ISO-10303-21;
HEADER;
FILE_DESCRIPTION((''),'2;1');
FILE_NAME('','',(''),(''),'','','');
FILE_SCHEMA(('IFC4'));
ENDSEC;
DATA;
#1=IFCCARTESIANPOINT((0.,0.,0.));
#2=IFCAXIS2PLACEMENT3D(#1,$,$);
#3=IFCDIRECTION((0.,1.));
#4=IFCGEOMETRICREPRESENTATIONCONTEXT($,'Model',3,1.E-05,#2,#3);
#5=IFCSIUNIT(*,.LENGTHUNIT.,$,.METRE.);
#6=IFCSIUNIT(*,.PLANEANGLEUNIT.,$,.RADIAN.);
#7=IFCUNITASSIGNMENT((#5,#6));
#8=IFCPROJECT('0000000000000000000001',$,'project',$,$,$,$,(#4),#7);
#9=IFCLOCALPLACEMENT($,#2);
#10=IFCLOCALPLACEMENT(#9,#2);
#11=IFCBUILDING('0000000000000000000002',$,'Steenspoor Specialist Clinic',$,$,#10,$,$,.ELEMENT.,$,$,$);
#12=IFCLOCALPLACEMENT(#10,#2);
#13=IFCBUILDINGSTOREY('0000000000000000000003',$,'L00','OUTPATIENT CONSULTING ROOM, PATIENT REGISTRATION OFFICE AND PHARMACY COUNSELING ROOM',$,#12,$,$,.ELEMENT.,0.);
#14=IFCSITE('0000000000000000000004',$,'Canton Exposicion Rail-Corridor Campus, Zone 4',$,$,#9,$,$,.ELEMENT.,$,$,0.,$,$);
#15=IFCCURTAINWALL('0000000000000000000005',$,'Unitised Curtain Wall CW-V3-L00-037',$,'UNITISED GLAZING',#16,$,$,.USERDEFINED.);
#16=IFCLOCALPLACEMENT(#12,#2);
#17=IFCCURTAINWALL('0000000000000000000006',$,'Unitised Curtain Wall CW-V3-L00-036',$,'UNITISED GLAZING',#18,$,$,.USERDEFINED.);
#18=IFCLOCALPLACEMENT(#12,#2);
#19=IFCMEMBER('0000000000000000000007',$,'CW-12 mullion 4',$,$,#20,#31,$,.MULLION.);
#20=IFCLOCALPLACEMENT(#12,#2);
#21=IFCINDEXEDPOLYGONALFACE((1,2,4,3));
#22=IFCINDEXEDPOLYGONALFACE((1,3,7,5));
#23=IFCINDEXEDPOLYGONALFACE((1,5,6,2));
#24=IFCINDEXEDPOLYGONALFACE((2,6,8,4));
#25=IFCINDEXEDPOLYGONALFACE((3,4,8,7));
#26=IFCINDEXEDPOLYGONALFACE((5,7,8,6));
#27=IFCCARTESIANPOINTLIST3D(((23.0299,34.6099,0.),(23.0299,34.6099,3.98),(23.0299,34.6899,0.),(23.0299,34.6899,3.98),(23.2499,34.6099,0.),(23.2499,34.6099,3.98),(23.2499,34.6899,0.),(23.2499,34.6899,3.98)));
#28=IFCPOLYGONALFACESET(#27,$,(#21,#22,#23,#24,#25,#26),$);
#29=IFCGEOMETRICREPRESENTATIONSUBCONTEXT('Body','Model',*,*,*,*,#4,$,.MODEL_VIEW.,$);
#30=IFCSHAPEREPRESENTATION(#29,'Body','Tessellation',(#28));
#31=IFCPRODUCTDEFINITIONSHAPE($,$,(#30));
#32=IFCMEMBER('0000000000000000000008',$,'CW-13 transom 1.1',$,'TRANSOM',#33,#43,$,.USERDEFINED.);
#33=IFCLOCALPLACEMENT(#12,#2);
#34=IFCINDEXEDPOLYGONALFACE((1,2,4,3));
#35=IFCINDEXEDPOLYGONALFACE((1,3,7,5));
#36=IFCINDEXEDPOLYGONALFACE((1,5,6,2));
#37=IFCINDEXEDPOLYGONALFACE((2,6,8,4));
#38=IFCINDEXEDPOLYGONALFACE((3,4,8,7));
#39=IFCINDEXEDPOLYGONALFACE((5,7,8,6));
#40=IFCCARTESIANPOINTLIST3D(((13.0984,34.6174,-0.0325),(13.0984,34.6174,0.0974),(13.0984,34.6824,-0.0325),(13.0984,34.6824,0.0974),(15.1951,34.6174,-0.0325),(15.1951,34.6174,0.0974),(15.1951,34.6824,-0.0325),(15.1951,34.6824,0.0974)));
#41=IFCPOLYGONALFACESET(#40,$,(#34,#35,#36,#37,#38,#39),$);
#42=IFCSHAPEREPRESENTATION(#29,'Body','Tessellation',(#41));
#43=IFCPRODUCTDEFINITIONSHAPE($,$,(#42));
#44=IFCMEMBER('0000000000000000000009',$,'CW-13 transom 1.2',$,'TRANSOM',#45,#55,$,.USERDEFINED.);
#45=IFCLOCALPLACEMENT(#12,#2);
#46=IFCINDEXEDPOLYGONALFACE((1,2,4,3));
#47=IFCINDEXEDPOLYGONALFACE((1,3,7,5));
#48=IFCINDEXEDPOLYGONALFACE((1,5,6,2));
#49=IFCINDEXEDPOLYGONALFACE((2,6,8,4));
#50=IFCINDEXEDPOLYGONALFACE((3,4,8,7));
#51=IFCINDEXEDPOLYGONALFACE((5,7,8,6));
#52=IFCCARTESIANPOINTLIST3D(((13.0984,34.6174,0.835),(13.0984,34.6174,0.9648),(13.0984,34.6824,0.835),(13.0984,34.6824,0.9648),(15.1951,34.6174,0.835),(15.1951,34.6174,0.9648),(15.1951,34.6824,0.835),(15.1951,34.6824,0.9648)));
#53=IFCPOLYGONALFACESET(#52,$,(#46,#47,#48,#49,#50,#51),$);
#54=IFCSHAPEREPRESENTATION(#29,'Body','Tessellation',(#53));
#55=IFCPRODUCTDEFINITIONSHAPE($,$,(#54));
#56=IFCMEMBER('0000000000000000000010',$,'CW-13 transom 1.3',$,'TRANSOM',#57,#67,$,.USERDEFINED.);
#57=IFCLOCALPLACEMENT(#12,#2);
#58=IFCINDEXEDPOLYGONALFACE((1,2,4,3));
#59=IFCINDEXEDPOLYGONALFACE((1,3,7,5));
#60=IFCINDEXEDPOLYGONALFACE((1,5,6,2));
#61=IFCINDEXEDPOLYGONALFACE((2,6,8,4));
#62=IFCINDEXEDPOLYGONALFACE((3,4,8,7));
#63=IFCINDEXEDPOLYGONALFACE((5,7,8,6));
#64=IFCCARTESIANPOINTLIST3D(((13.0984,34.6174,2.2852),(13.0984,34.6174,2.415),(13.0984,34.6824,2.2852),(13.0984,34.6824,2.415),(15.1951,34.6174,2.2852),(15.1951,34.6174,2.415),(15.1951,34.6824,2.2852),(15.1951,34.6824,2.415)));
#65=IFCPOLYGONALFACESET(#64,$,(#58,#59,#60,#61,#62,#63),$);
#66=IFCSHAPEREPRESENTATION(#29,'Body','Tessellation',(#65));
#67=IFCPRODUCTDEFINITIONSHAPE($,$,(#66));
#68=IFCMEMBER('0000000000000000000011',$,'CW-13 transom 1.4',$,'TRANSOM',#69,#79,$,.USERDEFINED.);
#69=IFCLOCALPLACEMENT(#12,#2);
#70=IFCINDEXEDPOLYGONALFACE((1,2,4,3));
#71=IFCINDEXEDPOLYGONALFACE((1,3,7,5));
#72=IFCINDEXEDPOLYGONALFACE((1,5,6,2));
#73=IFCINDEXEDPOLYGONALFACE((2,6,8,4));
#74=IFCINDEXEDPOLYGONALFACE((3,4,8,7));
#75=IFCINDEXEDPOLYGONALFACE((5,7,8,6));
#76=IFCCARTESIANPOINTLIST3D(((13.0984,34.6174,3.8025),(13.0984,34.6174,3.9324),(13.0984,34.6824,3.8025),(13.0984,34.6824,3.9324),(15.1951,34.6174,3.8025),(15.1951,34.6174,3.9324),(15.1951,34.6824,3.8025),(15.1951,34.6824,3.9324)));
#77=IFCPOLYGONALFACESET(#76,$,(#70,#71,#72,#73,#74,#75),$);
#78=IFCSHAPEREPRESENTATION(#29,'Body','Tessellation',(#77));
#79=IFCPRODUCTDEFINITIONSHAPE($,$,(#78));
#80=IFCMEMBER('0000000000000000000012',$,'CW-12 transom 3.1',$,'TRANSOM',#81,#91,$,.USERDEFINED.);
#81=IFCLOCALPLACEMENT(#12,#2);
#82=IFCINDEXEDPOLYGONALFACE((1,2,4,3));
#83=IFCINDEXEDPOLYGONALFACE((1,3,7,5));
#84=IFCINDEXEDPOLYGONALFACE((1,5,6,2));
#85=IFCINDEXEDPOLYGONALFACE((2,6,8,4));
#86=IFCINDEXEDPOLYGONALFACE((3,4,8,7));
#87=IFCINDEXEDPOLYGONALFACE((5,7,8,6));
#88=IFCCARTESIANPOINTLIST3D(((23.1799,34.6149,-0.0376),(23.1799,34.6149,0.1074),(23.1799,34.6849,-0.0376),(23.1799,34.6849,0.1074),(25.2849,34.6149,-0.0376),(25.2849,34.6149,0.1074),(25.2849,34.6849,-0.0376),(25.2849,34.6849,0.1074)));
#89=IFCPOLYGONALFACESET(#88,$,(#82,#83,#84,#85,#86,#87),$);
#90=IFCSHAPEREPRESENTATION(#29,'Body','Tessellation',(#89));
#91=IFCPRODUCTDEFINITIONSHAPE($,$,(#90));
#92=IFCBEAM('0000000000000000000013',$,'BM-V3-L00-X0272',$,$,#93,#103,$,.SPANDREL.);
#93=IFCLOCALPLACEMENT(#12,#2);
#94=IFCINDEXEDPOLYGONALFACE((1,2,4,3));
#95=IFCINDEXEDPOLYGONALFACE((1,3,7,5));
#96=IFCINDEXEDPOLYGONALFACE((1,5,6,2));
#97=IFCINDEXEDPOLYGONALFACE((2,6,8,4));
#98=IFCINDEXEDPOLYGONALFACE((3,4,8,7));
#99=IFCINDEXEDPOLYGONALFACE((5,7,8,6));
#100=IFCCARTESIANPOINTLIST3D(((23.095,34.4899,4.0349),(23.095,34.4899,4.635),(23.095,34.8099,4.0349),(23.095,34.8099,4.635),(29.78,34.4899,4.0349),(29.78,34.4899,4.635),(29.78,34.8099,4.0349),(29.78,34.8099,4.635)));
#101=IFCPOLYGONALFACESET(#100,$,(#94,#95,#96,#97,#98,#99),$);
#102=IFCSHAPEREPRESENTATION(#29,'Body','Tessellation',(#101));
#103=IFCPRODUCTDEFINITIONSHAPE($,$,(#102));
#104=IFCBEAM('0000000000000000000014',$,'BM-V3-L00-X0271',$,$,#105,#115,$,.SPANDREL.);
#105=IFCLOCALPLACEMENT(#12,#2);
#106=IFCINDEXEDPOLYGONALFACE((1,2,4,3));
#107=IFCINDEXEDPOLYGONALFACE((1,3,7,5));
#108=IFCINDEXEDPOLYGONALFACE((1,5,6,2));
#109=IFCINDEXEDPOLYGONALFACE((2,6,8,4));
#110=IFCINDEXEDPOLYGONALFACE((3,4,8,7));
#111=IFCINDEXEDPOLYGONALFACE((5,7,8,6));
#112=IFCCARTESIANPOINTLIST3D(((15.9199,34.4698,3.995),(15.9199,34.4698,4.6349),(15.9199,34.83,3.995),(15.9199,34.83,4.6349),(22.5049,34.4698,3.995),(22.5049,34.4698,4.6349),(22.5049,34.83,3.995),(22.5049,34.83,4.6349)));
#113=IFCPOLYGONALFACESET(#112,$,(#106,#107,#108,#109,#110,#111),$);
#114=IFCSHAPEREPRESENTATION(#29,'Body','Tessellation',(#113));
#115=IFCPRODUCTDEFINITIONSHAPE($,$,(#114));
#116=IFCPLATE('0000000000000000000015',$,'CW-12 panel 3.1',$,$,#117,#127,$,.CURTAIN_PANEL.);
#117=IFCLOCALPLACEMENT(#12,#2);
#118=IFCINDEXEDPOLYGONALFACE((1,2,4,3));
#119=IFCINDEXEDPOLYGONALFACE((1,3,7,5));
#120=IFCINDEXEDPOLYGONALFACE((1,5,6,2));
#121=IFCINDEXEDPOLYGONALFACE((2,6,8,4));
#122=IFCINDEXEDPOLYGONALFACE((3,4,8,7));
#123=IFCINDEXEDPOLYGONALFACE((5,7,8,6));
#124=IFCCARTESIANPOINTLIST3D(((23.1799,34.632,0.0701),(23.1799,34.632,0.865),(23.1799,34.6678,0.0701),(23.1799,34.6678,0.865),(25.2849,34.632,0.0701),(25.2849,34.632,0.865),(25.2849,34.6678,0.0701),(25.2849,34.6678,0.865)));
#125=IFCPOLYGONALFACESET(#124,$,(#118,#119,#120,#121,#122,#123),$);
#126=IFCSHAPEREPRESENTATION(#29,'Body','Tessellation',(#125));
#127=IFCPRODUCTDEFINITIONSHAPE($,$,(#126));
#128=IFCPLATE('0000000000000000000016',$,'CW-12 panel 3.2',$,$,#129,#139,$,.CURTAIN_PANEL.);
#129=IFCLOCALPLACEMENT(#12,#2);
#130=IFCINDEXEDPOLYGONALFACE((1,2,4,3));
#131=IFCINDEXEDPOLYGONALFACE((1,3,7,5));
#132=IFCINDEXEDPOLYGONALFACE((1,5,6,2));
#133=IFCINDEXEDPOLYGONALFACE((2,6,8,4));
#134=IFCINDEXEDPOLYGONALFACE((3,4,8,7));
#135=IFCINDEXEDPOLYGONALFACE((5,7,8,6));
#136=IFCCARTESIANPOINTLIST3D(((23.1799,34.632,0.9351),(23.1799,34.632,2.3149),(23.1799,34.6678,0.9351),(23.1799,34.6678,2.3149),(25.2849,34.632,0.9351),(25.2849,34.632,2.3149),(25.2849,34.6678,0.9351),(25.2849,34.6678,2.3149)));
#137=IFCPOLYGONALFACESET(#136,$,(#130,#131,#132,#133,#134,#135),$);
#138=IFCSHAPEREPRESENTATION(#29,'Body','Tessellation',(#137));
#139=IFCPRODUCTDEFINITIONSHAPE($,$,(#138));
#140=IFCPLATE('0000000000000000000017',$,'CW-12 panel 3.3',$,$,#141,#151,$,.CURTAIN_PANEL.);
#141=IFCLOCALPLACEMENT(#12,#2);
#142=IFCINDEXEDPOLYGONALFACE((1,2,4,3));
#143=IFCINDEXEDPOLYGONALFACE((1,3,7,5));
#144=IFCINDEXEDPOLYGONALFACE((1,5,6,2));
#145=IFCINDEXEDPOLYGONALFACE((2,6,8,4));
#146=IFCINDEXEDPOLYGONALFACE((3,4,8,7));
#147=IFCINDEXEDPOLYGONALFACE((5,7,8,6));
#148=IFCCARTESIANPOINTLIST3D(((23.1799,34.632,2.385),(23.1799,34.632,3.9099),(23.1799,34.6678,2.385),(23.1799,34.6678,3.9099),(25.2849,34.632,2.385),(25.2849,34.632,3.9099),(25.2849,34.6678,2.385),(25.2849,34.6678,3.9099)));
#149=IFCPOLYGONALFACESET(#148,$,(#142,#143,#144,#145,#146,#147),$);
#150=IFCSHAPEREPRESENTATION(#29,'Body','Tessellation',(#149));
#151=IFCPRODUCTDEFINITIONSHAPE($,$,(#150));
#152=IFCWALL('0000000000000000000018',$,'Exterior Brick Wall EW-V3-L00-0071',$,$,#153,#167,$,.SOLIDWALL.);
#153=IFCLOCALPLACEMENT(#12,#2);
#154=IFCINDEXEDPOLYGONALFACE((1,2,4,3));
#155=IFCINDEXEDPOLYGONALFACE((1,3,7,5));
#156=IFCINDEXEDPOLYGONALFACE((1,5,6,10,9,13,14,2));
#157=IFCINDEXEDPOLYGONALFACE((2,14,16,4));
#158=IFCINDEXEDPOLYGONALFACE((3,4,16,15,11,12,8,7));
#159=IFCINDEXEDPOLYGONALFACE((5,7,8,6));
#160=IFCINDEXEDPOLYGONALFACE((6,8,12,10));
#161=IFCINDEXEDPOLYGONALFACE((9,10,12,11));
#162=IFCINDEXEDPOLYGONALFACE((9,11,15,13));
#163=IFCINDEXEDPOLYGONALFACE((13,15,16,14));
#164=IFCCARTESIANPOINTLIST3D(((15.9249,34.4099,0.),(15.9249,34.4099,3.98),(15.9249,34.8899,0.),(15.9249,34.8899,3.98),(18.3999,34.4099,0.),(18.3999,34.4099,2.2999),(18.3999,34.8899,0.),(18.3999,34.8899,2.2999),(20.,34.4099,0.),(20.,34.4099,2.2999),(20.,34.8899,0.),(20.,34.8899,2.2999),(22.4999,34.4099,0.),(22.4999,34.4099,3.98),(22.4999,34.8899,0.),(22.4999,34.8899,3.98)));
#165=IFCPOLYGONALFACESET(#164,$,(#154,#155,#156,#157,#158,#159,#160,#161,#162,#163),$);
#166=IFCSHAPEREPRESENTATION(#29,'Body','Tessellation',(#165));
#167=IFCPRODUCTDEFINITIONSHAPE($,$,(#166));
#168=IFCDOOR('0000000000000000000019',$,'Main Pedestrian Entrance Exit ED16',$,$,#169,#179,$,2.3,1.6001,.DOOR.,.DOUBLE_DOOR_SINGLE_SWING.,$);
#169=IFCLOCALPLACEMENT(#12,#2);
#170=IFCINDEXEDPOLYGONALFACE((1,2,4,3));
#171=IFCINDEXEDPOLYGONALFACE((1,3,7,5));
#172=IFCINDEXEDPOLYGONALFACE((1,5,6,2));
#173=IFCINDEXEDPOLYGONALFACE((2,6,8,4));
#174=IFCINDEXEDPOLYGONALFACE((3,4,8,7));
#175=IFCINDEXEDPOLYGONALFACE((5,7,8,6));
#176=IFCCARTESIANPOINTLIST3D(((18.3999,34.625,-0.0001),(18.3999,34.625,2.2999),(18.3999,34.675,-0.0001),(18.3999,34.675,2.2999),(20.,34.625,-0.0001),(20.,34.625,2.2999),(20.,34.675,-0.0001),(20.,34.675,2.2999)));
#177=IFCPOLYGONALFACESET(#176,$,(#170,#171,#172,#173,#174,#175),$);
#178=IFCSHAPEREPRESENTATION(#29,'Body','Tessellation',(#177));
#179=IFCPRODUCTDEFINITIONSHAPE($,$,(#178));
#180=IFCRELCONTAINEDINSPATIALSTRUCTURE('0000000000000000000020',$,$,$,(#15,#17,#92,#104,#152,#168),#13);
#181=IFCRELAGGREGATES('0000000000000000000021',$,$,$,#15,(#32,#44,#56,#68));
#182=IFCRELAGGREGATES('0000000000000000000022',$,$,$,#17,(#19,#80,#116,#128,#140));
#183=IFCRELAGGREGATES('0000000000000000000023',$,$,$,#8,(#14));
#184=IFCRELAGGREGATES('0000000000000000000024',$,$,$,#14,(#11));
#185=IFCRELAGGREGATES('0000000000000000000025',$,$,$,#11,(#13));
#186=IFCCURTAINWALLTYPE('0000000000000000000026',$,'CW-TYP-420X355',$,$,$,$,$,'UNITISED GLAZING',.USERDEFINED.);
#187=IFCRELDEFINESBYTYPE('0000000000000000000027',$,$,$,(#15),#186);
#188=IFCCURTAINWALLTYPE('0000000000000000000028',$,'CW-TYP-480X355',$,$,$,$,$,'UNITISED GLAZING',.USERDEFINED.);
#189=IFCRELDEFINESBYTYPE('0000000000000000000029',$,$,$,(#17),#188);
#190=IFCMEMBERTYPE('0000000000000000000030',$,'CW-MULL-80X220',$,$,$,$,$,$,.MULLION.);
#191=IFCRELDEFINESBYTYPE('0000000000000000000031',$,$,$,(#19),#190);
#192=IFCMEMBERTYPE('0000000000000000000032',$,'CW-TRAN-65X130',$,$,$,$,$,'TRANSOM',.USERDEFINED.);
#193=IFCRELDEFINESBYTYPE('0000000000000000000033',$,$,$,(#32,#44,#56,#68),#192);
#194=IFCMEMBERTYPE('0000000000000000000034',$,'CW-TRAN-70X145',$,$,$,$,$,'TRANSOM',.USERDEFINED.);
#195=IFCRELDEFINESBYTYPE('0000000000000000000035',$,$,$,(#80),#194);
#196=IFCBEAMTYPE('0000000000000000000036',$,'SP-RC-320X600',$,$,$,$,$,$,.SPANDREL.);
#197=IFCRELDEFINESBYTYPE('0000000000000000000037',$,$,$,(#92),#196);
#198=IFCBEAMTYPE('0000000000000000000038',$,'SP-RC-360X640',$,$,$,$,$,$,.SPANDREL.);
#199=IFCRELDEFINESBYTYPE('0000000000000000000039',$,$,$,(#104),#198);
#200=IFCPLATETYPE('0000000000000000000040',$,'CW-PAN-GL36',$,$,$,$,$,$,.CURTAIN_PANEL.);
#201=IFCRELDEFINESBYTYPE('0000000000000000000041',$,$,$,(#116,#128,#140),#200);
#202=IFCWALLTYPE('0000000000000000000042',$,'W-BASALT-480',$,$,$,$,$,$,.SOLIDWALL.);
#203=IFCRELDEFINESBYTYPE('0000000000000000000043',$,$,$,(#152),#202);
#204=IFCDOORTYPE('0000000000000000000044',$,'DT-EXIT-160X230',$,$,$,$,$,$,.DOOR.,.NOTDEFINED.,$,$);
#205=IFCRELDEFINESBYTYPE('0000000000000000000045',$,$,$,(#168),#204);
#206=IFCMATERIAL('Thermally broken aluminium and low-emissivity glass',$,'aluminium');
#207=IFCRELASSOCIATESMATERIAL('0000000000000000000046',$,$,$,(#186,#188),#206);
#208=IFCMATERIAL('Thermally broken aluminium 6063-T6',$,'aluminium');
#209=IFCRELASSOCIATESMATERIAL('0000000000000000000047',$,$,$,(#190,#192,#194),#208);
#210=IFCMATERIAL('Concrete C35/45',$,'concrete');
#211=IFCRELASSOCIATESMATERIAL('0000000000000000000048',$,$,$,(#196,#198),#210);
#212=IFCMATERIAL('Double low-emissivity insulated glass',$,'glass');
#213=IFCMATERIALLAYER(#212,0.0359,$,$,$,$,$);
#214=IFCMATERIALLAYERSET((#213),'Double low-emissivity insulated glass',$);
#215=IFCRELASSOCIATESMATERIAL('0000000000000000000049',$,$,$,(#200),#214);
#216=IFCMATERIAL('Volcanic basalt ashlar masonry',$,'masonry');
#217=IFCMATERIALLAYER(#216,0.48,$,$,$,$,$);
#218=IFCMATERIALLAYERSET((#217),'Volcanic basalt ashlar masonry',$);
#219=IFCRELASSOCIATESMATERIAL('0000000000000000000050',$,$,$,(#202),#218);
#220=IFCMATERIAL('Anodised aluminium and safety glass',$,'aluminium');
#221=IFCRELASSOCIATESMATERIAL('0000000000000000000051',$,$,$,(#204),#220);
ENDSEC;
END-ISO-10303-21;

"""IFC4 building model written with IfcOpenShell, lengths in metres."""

from ifc_helpers import new_model, si_unit, direction, frame, frame_2d, origin, origin_2d, place, context, subcontext, project, spatial, rectangle, extrude, material, layer, layer_set, material_profile, profile_set, type_object, element, fill, aggregate, save


model = new_model("IFC4")

# Units and contexts
model_context = context("Model", 3, precision=1e-05, world=origin(), true_north=direction((0.0, 1.0)))
body_context = subcontext(model_context, "Body", "Model", "MODEL_VIEW")
ifc_project = project(units=[si_unit("LENGTHUNIT", "METRE"), si_unit("PLANEANGLEUNIT", "RADIAN")], contexts=[model_context])

# Site, building, storey
site_placement = place(None, origin())
site = spatial("IfcSite", under=ifc_project, at=site_placement, Name="Canton Exposicion Rail-Corridor Campus, Zone 4", CompositionType="ELEMENT", RefElevation=0.0)
building_placement = place(site_placement, origin())
building = spatial("IfcBuilding", under=site, at=building_placement, Name="Steenspoor Specialist Clinic", CompositionType="ELEMENT")
storey_placement = place(building_placement, origin())
storey = spatial("IfcBuildingStorey", under=building, at=storey_placement, Name="L00", Description="OUTPATIENT CONSULTING ROOM, PATIENT REGISTRATION OFFICE AND PHARMACY COUNSELING ROOM", CompositionType="ELEMENT", Elevation=0.0)

# Shared definitions
ifc_material_1 = material(Name="Concrete C35/45", Category="concrete")

# Curtain walls, member
ifc_material_2 = material(Name="Thermally broken aluminium and low-emissivity glass", Category="aluminium")
curtain_wall_type_1 = type_object("IfcCurtainWallType", Name="CW-TYP-420X355", ElementType="UNITISED GLAZING", PredefinedType="USERDEFINED", material=ifc_material_2)
curtain_wall_1_placement = place(storey_placement, origin())
curtain_wall_1 = element("IfcCurtainWall", 1, at=curtain_wall_1_placement, inside=storey, type_object=curtain_wall_type_1, Name="Unitised Curtain Wall CW-V3-L00-037", ObjectType="UNITISED GLAZING", PredefinedType="USERDEFINED")
ifc_material_3 = material(Name="Thermally broken aluminium 6063-T6", Category="aluminium")
curtain_wall_type_2 = type_object("IfcCurtainWallType", Name="CW-TYP-480X355", ElementType="UNITISED GLAZING", PredefinedType="USERDEFINED", material=ifc_material_2)
curtain_wall_2_placement = place(storey_placement, origin())
curtain_wall_2 = element("IfcCurtainWall", 2, at=curtain_wall_2_placement, inside=storey, type_object=curtain_wall_type_2, Name="Unitised Curtain Wall CW-V3-L00-036", ObjectType="UNITISED GLAZING", PredefinedType="USERDEFINED")
ifc_material_profile_1 = material_profile(ifc_material_3, rectangle(XDim=0.0801, YDim=0.22, at=origin_2d()), Name="CWM-80X220")
ifc_profile_set_1 = profile_set([ifc_material_profile_1], Name="Thermally broken aluminium 6063-T6")
member_type_1 = type_object("IfcMemberType", Name="CW-MULL-80X220", PredefinedType="MULLION", material=ifc_profile_set_1)
member_1_placement = place(storey_placement, frame((23.1399, 34.6499, 0.0), z_axis=(0.0, 0.0, 1.0), x_axis=(0.0, -1.0, 0.0)))
member_1 = element("IfcMember", 3, at=member_1_placement, type_object=member_type_1, Name="CW-12 mullion 4", PredefinedType="MULLION", context=body_context, shape_type="SweptSolid", body=[
    extrude(rectangle(XDim=0.0801, YDim=0.22, at=origin_2d()), origin(), (0.0, 0.0, 1.0), 3.98),
])

# Members
ifc_material_profile_2 = material_profile(ifc_material_3, rectangle(XDim=0.0649, YDim=0.1299, at=origin_2d()), Name="CWT-65X130")
ifc_profile_set_2 = profile_set([ifc_material_profile_2], Name="Thermally broken aluminium 6063-T6")
member_type_2 = type_object("IfcMemberType", Name="CW-TRAN-65X130", ElementType="TRANSOM", PredefinedType="USERDEFINED", material=ifc_profile_set_2)
member_2_placement = place(storey_placement, frame((15.1951, 34.6499, 0.0325), z_axis=(-1.0, 0.0, 0.0), x_axis=(0.0, -1.0, 0.0)))
member_2 = element("IfcMember", 4, at=member_2_placement, type_object=member_type_2, Name="CW-13 transom 1.1", ObjectType="TRANSOM", PredefinedType="USERDEFINED", context=body_context, shape_type="SweptSolid", body=[
    extrude(rectangle(XDim=0.0649, YDim=0.1299, at=origin_2d()), origin(), (0.0, 0.0, 1.0), 2.0967),
])
member_3_placement = place(storey_placement, frame((15.1951, 34.6499, 0.8999), z_axis=(-1.0, 0.0, 0.0), x_axis=(0.0, -1.0, 0.0)))
member_3 = element("IfcMember", 5, at=member_3_placement, type_object=member_type_2, Name="CW-13 transom 1.2", ObjectType="TRANSOM", PredefinedType="USERDEFINED", context=body_context, shape_type="SweptSolid", body=[
    extrude(rectangle(XDim=0.0649, YDim=0.1299, at=origin_2d()), origin(), (0.0, 0.0, 1.0), 2.0967),
])
member_4_placement = place(storey_placement, frame((15.1951, 34.6499, 2.3501), z_axis=(-1.0, 0.0, 0.0), x_axis=(0.0, -1.0, 0.0)))
member_4 = element("IfcMember", 6, at=member_4_placement, type_object=member_type_2, Name="CW-13 transom 1.3", ObjectType="TRANSOM", PredefinedType="USERDEFINED", context=body_context, shape_type="SweptSolid", body=[
    extrude(rectangle(XDim=0.0649, YDim=0.1299, at=origin_2d()), origin(), (0.0, 0.0, 1.0), 2.0967),
])
member_5_placement = place(storey_placement, frame((15.1951, 34.6499, 3.8674), z_axis=(-1.0, 0.0, 0.0), x_axis=(0.0, -1.0, 0.0)))
member_5 = element("IfcMember", 7, at=member_5_placement, type_object=member_type_2, Name="CW-13 transom 1.4", ObjectType="TRANSOM", PredefinedType="USERDEFINED", context=body_context, shape_type="SweptSolid", body=[
    extrude(rectangle(XDim=0.0649, YDim=0.1299, at=origin_2d()), origin(), (0.0, 0.0, 1.0), 2.0967),
])
aggregate(curtain_wall_1, [member_2, member_3, member_4, member_5])
ifc_material_profile_3 = material_profile(ifc_material_3, rectangle(XDim=0.0701, YDim=0.145, at=origin_2d()), Name="CWT-70X145")
ifc_profile_set_3 = profile_set([ifc_material_profile_3], Name="Thermally broken aluminium 6063-T6")
member_type_3 = type_object("IfcMemberType", Name="CW-TRAN-70X145", ElementType="TRANSOM", PredefinedType="USERDEFINED", material=ifc_profile_set_3)
member_6_placement = place(storey_placement, frame((25.2849, 34.6499, 0.0349), z_axis=(-1.0, 0.0, 0.0), x_axis=(0.0, -1.0, 0.0)))
member_6 = element("IfcMember", 8, at=member_6_placement, type_object=member_type_3, Name="CW-12 transom 3.1", ObjectType="TRANSOM", PredefinedType="USERDEFINED", context=body_context, shape_type="SweptSolid", body=[
    extrude(rectangle(XDim=0.0701, YDim=0.145, at=origin_2d()), origin(), (0.0, 0.0, 1.0), 2.105),
])

# Beams
ifc_material_profile_4 = material_profile(ifc_material_1, rectangle(XDim=0.3201, YDim=0.6001, at=origin_2d()), Name="RC-SP-320X600")
ifc_profile_set_4 = profile_set([ifc_material_profile_4], Name="Concrete C35/45")
beam_type_1 = type_object("IfcBeamType", Name="SP-RC-320X600", PredefinedType="SPANDREL", material=ifc_profile_set_4)
beam_1_placement = place(storey_placement, frame((23.095, 34.6499, 4.335), z_axis=(1.0, 0.0, 0.0), x_axis=(0.0, 1.0, 0.0)))
element("IfcBeam", 9, at=beam_1_placement, inside=storey, type_object=beam_type_1, Name="BM-V3-L00-X0272", PredefinedType="SPANDREL", context=body_context, shape_type="SweptSolid", body=[
    extrude(rectangle(XDim=0.3201, YDim=0.6001, at=origin_2d()), origin(), (0.0, 0.0, 1.0), 6.6851),
])
ifc_material_profile_5 = material_profile(ifc_material_1, rectangle(XDim=0.3601, YDim=0.6399, at=origin_2d()), Name="RC-SP-360X640")
ifc_profile_set_5 = profile_set([ifc_material_profile_5], Name="Concrete C35/45")
beam_type_2 = type_object("IfcBeamType", Name="SP-RC-360X640", PredefinedType="SPANDREL", material=ifc_profile_set_5)
beam_2_placement = place(storey_placement, frame((15.9199, 34.6499, 4.3149), z_axis=(1.0, 0.0, 0.0), x_axis=(0.0, 1.0, 0.0)))
element("IfcBeam", 10, at=beam_2_placement, inside=storey, type_object=beam_type_2, Name="BM-V3-L00-X0271", PredefinedType="SPANDREL", context=body_context, shape_type="SweptSolid", body=[
    extrude(rectangle(XDim=0.3601, YDim=0.6399, at=origin_2d()), origin(), (0.0, 0.0, 1.0), 6.585),
])

# Plates
ifc_material_4 = material(Name="Double low-emissivity insulated glass", Category="glass")
ifc_layer_1 = layer(ifc_material_4, 0.0359)
ifc_layer_set_1 = layer_set([ifc_layer_1], Name="Double low-emissivity insulated glass")
plate_type = type_object("IfcPlateType", Name="CW-PAN-GL36", PredefinedType="CURTAIN_PANEL", material=ifc_layer_set_1)
plate_1_placement = place(storey_placement, frame((24.2324, 34.6499, 0.0701), z_axis=(0.0, 0.0, 1.0), x_axis=(-1.0, 0.0, 0.0)))
plate_1 = element("IfcPlate", 11, at=plate_1_placement, type_object=plate_type, Name="CW-12 panel 3.1", PredefinedType="CURTAIN_PANEL", context=body_context, shape_type="SweptSolid", body=[
    extrude(rectangle(XDim=2.105, YDim=0.0359, at=origin_2d()), origin(), (0.0, 0.0, 1.0), 0.7949),
])
plate_2_placement = place(storey_placement, frame((24.2324, 34.6499, 0.9351), z_axis=(0.0, 0.0, 1.0), x_axis=(-1.0, 0.0, 0.0)))
plate_2 = element("IfcPlate", 12, at=plate_2_placement, type_object=plate_type, Name="CW-12 panel 3.2", PredefinedType="CURTAIN_PANEL", context=body_context, shape_type="SweptSolid", body=[
    extrude(rectangle(XDim=2.105, YDim=0.0359, at=origin_2d()), origin(), (0.0, 0.0, 1.0), 1.3799),
])
plate_3_placement = place(storey_placement, frame((24.2324, 34.6499, 2.385), z_axis=(0.0, 0.0, 1.0), x_axis=(-1.0, 0.0, 0.0)))
plate_3 = element("IfcPlate", 13, at=plate_3_placement, type_object=plate_type, Name="CW-12 panel 3.3", PredefinedType="CURTAIN_PANEL", context=body_context, shape_type="SweptSolid", body=[
    extrude(rectangle(XDim=2.105, YDim=0.0359, at=origin_2d()), origin(), (0.0, 0.0, 1.0), 1.5249),
])
aggregate(curtain_wall_2, [member_1, member_6, plate_1, plate_2, plate_3])

# Wall, opening, door
ifc_material_5 = material(Name="Volcanic basalt ashlar masonry", Category="masonry")
ifc_layer_2 = layer(ifc_material_5, 0.48)
ifc_layer_set_2 = layer_set([ifc_layer_2], Name="Volcanic basalt ashlar masonry")
wall_type = type_object("IfcWallType", Name="W-BASALT-480", PredefinedType="SOLIDWALL", material=ifc_layer_set_2)
wall_placement = place(storey_placement, frame((22.5, 34.6499, 0.0), z_axis=(0.0, 0.0, 1.0), x_axis=(-1.0, 0.0, 0.0)))
wall = element("IfcWall", 14, at=wall_placement, inside=storey, type_object=wall_type, Name="Exterior Brick Wall EW-V3-L00-0071", PredefinedType="SOLIDWALL", context=body_context, shape_type="SweptSolid", body=[
    extrude(rectangle(XDim=6.575, YDim=0.48, at=frame_2d((3.2876, 0.0))), origin(), (0.0, 0.0, 1.0), 3.98),
])
opening_placement = place(wall_placement, frame((2.5, 0.0, 0.0)))
opening = element("IfcOpeningElement", 15, at=opening_placement, cuts=wall, PredefinedType="OPENING", context=body_context, shape_type="SweptSolid", body=[
    extrude(rectangle(XDim=1.6001, YDim=2.3, at=frame_2d((0.8, 1.1499))), frame((0.0, 0.25, 0.0), z_axis=(0.0, -1.0, 0.0), x_axis=(1.0, 0.0, 0.0)), (0.0, 0.0, 1.0), 0.5),
])
ifc_material_6 = material(Name="Anodised aluminium and safety glass", Category="aluminium")
door_type = type_object("IfcDoorType", Name="DT-EXIT-160X230", OperationType="NOTDEFINED", PredefinedType="DOOR", material=ifc_material_6)
door_placement = place(opening_placement, origin())
door = element("IfcDoor", 16, at=door_placement, inside=storey, type_object=door_type, Name="Main Pedestrian Entrance Exit ED16", OperationType="DOUBLE_DOOR_SINGLE_SWING", OverallHeight=2.3, OverallWidth=1.6001, PredefinedType="DOOR", context=body_context, shape_type="SweptSolid", body=[
    extrude(rectangle(XDim=1.6001, YDim=2.3, at=frame_2d((0.8, 1.1499))), frame((0.0, 0.0249, 0.0), z_axis=(0.0, -1.0, 0.0), x_axis=(1.0, 0.0, 0.0)), (0.0, 0.0, 1.0), 0.05),
])
fill(opening, door)

save(model, "model.ifc")
